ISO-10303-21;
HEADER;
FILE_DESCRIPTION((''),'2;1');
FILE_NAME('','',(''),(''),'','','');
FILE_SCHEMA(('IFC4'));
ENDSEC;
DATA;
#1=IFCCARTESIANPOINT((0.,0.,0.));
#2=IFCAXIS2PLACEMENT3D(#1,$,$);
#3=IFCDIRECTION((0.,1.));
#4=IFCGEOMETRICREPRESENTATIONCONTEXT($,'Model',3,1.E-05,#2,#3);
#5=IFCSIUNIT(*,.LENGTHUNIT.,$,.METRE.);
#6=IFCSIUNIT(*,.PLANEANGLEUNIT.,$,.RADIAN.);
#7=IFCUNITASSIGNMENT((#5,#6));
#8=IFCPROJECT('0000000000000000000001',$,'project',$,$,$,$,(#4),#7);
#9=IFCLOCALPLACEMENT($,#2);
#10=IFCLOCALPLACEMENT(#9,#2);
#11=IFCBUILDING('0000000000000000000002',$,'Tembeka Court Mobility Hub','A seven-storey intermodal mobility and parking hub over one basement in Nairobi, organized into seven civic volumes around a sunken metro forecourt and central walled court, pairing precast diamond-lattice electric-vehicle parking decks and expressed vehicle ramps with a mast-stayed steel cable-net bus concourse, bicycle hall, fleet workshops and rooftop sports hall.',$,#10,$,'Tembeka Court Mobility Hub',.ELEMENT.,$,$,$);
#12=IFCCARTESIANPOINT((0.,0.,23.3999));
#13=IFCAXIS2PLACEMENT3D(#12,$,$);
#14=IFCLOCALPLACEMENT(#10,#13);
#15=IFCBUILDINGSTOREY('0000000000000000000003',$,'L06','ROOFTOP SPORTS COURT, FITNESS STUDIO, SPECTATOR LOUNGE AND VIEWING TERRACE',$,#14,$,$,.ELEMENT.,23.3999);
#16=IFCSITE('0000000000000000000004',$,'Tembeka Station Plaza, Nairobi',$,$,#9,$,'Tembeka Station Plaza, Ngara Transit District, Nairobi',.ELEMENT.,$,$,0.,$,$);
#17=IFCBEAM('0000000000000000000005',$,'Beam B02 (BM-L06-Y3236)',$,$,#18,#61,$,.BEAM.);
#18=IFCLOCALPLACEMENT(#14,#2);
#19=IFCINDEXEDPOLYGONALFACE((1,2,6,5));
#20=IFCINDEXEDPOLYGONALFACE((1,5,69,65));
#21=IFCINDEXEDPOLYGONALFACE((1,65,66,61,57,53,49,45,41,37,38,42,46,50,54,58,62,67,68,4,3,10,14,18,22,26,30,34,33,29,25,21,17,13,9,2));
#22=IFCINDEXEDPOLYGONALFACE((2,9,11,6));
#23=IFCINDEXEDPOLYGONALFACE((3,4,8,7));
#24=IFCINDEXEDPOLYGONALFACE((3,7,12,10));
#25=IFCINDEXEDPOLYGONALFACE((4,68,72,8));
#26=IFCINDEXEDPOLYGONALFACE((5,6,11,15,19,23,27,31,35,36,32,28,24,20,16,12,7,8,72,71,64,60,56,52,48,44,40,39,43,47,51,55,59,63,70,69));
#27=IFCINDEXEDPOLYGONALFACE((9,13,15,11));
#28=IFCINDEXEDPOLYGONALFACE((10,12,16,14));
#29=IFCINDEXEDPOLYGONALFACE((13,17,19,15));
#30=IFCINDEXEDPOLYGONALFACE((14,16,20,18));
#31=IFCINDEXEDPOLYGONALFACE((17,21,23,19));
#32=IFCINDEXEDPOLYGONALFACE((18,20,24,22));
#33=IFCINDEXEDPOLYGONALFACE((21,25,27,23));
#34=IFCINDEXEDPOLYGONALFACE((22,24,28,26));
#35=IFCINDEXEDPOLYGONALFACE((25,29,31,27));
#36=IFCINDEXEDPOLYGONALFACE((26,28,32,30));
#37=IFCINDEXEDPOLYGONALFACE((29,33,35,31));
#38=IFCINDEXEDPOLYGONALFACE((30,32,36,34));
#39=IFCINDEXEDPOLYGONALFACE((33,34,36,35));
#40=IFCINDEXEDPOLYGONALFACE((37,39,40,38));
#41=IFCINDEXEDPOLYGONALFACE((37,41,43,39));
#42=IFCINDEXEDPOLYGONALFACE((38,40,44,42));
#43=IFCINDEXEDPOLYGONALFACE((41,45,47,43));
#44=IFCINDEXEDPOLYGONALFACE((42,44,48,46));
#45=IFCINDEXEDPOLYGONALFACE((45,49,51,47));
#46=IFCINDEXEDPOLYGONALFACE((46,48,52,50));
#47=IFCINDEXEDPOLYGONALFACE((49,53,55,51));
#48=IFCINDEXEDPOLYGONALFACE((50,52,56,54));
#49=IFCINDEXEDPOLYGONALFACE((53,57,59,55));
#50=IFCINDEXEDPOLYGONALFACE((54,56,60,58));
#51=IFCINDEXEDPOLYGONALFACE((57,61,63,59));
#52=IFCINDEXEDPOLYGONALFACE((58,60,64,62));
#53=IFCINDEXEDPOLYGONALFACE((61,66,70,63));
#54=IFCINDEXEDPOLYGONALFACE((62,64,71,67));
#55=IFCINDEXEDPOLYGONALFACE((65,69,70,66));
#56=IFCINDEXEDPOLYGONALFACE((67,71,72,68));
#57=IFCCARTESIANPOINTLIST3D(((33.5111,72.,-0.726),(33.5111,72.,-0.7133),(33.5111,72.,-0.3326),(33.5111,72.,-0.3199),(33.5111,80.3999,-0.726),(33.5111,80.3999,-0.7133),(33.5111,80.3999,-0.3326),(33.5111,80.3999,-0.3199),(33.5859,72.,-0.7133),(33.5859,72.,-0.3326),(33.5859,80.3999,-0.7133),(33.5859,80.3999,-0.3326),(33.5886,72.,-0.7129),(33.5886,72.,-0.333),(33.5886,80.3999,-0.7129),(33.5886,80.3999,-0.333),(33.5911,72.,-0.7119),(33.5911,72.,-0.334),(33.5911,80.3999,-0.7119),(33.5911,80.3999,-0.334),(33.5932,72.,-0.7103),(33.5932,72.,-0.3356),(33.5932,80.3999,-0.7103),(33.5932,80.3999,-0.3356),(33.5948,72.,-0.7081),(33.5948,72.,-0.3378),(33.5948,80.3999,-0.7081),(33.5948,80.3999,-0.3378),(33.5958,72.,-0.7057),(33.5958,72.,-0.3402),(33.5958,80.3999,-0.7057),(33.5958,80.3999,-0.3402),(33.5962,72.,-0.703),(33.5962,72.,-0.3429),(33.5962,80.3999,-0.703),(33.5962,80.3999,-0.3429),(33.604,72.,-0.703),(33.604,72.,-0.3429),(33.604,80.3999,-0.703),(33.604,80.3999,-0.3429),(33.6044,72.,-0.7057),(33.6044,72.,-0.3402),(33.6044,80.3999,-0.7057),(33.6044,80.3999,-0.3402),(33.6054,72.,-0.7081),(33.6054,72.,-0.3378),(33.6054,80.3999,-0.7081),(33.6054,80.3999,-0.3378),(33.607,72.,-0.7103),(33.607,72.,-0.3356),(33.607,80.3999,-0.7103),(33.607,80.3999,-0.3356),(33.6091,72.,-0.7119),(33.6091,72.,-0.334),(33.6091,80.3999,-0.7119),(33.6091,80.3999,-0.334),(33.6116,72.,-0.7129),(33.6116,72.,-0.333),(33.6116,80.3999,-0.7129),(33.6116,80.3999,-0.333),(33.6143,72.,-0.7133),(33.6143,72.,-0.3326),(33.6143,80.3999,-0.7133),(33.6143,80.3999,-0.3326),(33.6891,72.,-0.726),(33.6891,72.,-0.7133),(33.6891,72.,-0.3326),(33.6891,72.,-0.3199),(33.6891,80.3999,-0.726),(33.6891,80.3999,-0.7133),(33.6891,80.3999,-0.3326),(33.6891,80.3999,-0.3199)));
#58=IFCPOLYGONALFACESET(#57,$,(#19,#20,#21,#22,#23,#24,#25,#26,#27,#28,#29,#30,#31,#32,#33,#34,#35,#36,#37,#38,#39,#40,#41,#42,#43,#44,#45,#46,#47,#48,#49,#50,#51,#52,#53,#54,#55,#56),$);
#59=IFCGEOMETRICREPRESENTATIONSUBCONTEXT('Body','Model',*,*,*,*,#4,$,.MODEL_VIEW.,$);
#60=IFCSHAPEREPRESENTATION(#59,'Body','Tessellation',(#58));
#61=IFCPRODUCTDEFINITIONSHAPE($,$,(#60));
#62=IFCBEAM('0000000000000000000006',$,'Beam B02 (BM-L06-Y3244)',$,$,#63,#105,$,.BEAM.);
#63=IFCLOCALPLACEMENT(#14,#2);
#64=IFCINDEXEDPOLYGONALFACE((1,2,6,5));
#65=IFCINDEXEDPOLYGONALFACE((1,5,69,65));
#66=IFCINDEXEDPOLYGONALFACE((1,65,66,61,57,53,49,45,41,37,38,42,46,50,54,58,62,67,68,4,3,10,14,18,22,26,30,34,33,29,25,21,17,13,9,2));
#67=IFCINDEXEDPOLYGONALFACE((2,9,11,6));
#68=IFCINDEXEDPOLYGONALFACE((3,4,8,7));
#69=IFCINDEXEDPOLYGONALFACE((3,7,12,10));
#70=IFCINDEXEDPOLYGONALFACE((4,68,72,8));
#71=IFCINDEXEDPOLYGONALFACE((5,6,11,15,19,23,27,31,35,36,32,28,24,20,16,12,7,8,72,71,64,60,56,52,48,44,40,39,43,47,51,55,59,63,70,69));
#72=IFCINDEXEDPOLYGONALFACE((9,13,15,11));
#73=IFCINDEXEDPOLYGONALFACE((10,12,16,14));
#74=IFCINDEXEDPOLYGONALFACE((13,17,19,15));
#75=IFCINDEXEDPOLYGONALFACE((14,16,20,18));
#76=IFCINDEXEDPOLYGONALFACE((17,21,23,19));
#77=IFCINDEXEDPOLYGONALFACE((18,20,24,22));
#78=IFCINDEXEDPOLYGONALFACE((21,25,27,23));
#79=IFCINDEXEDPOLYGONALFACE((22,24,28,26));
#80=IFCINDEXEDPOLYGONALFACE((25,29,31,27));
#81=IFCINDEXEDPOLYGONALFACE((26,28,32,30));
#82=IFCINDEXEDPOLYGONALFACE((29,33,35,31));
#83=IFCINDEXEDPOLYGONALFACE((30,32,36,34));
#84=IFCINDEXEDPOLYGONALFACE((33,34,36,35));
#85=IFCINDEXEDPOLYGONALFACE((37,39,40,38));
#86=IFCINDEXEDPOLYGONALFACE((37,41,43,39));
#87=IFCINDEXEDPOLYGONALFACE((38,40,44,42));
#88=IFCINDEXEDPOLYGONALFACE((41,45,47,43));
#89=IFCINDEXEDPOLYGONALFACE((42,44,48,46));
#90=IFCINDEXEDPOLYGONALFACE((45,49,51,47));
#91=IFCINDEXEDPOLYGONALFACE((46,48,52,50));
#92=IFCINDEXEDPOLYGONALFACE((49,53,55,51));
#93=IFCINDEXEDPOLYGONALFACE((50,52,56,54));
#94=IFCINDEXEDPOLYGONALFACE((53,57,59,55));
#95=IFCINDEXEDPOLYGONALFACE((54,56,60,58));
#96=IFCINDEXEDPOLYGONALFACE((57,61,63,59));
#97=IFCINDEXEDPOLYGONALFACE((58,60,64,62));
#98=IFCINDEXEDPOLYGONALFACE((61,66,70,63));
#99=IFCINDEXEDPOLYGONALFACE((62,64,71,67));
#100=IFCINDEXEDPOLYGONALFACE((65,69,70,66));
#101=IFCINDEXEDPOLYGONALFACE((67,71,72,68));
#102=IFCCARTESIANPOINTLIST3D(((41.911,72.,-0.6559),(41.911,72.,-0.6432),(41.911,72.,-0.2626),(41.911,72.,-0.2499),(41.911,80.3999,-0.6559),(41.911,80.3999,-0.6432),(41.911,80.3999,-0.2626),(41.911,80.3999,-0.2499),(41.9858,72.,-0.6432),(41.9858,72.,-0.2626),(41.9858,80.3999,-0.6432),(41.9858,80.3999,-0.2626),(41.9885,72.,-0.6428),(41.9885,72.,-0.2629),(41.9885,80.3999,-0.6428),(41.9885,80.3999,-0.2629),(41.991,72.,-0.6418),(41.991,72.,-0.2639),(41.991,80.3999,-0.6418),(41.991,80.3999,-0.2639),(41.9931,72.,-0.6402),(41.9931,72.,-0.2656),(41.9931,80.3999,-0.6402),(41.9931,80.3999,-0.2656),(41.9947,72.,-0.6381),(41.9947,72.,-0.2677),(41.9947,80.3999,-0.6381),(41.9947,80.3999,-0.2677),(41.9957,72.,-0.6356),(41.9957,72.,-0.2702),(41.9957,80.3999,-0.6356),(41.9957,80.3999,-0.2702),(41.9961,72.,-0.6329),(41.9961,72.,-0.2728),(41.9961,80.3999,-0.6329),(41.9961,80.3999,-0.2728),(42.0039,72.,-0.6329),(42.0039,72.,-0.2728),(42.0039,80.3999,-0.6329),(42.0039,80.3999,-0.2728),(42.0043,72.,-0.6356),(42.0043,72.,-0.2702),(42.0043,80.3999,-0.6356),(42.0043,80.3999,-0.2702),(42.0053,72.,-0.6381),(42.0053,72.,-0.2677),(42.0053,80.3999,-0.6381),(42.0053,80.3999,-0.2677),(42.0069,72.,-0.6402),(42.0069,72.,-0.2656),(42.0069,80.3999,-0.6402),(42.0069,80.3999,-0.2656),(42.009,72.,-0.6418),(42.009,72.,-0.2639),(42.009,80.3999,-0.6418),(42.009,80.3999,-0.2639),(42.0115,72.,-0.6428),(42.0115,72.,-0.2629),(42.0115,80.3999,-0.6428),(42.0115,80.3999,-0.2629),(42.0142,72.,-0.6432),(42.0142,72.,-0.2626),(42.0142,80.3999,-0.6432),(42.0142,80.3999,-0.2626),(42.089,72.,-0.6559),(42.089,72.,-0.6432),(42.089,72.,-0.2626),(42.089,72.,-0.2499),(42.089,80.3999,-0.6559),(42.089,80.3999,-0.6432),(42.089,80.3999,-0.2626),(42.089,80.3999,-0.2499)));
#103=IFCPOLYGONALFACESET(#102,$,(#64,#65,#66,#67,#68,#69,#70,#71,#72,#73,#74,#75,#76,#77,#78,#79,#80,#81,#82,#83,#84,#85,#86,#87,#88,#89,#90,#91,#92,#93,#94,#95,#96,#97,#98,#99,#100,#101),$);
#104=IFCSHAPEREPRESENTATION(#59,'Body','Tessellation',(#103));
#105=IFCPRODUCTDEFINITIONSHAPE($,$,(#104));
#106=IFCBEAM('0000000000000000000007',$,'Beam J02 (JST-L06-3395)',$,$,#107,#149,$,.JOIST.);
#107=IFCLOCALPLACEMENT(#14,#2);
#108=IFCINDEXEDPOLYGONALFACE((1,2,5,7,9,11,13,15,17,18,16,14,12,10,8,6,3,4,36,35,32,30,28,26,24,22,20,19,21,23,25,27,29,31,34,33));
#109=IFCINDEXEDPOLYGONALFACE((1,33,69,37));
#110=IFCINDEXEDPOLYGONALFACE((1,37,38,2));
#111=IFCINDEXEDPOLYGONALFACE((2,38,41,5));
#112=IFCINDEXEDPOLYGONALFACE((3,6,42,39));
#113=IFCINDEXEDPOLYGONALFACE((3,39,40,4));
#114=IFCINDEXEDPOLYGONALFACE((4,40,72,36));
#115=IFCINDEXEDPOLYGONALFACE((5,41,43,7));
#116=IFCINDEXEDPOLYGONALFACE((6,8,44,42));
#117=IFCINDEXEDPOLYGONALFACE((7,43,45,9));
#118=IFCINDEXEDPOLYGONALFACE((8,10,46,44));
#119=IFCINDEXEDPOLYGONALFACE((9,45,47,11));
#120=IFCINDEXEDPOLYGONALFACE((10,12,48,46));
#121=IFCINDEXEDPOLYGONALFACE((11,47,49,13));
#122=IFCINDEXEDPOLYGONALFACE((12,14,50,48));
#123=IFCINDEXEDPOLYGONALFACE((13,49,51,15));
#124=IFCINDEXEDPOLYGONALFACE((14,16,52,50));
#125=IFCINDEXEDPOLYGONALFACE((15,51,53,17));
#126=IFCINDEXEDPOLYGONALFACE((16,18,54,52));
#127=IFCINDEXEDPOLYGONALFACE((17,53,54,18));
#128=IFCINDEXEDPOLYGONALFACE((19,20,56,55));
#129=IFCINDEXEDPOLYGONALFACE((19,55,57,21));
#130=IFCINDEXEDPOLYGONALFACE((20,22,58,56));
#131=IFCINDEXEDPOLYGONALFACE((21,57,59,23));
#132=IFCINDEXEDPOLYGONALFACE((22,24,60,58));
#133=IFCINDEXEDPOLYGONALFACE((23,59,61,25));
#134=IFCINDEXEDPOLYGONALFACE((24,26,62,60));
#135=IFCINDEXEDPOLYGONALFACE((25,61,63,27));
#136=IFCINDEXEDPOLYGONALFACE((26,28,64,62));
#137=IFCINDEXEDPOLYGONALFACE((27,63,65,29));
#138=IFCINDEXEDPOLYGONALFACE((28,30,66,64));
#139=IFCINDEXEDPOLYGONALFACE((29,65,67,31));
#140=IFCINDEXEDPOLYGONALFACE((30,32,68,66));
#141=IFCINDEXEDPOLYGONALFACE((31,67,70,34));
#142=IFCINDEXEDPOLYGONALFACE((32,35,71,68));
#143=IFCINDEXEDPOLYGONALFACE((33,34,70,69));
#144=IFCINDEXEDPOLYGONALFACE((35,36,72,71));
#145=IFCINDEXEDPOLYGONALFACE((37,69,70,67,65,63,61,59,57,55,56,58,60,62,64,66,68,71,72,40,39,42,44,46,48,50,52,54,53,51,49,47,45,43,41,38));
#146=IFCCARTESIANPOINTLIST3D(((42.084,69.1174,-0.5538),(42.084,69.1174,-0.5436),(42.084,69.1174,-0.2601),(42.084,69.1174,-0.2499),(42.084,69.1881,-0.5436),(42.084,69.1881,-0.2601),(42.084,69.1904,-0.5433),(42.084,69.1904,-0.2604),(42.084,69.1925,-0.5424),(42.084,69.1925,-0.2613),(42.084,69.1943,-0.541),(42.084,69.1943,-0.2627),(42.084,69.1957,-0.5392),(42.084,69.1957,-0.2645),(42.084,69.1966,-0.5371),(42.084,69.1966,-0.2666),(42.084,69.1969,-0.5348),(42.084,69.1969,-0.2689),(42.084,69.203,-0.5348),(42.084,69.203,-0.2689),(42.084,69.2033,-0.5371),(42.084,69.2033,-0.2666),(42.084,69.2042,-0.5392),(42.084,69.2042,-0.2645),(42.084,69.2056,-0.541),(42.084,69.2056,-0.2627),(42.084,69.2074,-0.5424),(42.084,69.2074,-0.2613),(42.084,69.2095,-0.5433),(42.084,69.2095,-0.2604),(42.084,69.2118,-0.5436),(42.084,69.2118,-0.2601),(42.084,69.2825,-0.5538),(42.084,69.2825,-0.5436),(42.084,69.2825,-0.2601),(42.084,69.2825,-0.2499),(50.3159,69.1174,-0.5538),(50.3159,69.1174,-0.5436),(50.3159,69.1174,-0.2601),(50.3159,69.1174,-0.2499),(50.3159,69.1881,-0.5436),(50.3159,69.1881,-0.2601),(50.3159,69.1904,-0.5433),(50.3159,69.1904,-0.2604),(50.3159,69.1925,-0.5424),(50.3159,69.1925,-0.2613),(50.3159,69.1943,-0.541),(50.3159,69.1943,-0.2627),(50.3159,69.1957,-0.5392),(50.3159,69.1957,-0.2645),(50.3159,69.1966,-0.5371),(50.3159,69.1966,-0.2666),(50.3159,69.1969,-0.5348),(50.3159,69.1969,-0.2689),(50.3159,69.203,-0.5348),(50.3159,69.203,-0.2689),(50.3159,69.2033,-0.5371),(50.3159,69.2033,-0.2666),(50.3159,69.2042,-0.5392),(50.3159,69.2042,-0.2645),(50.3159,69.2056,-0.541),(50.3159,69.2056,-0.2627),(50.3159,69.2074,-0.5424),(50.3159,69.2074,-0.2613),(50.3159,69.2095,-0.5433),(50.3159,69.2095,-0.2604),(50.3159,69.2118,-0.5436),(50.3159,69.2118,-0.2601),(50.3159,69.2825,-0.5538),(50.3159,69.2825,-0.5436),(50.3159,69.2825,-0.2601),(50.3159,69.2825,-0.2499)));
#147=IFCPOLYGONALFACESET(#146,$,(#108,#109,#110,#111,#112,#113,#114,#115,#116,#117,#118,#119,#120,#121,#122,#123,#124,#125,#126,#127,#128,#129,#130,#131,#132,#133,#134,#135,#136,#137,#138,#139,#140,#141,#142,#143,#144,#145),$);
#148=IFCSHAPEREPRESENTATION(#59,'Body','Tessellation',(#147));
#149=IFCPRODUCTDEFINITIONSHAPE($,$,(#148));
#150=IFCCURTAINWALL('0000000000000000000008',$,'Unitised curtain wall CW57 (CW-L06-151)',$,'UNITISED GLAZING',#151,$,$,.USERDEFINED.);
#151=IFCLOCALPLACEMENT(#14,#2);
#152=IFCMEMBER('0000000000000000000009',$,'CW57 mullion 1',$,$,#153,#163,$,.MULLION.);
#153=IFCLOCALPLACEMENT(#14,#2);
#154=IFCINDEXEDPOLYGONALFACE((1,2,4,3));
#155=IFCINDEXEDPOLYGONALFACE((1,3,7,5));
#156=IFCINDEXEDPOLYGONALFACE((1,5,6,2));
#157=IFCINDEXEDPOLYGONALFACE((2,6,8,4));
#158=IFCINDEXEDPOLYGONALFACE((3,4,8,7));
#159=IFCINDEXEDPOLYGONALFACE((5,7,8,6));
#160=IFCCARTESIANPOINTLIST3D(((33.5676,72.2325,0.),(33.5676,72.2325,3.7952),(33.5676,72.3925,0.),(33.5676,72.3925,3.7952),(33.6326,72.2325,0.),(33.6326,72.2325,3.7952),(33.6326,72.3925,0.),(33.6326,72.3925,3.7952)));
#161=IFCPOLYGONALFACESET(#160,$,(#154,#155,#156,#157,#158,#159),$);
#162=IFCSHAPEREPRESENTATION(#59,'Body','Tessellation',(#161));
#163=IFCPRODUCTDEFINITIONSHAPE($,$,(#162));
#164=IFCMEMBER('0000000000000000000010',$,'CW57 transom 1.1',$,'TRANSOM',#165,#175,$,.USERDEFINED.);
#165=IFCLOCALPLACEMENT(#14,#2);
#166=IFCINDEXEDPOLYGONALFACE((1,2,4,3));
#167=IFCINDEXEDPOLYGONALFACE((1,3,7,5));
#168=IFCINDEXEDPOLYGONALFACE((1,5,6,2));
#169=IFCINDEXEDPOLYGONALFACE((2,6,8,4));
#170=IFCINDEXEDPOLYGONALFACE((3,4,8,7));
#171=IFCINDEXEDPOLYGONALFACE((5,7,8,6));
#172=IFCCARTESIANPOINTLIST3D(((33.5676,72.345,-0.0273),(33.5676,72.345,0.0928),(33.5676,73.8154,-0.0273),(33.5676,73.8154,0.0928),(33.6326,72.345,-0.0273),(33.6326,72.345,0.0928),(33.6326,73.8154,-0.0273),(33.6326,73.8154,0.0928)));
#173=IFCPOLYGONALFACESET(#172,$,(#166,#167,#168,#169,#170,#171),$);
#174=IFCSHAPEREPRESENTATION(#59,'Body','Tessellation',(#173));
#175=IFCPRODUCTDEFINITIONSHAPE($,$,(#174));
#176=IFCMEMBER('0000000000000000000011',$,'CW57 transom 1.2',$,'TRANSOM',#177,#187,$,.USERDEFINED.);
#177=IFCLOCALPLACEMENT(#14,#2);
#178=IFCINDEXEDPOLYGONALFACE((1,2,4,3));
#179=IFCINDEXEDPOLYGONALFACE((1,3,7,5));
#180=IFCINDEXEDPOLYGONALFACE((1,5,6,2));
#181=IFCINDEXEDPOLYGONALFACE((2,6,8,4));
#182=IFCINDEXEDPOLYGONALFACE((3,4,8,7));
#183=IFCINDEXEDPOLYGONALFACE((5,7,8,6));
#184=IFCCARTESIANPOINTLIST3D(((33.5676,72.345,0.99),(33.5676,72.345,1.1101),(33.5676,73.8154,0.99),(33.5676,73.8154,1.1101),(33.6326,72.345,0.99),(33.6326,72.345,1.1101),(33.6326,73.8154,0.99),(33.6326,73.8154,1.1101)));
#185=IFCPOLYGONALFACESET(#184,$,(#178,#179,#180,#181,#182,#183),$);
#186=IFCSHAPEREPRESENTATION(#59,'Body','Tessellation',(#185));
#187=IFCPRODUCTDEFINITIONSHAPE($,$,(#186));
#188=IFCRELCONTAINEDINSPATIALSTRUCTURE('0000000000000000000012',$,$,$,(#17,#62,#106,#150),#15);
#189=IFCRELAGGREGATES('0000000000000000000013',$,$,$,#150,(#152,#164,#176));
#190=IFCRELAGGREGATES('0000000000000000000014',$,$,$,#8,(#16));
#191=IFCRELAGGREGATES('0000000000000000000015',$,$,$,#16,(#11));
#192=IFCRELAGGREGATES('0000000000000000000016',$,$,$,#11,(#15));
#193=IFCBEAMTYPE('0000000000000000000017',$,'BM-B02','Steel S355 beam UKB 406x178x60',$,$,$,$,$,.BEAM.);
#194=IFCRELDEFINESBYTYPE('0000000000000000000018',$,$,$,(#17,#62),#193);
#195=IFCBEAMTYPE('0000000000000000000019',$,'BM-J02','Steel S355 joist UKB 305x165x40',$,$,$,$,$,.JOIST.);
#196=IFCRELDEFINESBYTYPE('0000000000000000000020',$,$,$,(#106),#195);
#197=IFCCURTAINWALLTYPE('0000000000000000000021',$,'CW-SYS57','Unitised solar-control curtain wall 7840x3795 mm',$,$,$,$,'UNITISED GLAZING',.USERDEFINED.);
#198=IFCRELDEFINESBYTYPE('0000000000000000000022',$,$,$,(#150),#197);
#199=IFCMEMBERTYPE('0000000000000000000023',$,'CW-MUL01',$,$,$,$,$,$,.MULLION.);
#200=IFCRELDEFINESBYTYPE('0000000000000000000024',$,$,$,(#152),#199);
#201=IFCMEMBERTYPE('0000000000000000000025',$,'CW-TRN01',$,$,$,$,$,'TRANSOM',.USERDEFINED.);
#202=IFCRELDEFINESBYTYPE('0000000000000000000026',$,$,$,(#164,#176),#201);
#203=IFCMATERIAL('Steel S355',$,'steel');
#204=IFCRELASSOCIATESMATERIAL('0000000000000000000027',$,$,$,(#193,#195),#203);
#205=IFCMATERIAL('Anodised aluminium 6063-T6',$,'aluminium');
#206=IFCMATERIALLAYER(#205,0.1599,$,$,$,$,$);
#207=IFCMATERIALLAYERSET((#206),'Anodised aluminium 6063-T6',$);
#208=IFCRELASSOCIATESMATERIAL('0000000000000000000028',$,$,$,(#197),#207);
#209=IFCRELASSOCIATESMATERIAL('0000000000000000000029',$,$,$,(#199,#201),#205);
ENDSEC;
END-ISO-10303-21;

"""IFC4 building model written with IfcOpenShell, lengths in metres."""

from ifc_helpers import new_model, si_unit, direction, frame, origin, origin_2d, place, context, subcontext, project, spatial, rectangle, i_section, extrude, material, layer, layer_set, material_profile, profile_set, type_object, element, aggregate, save


model = new_model("IFC4")

# Units and contexts
model_context = context("Model", 3, precision=1e-05, world=origin(), true_north=direction((0.0, 1.0)))
body_context = subcontext(model_context, "Body", "Model", "MODEL_VIEW")
ifc_project = project(units=[si_unit("LENGTHUNIT", "METRE"), si_unit("PLANEANGLEUNIT", "RADIAN")], contexts=[model_context])

# Site, building, storey
site_placement = place(None, origin())
site = spatial("IfcSite", under=ifc_project, at=site_placement, Name="Tembeka Station Plaza, Nairobi", LongName="Tembeka Station Plaza, Ngara Transit District, Nairobi", CompositionType="ELEMENT", RefElevation=0.0)
building_placement = place(site_placement, origin())
building = spatial("IfcBuilding", under=site, at=building_placement, Name="Tembeka Court Mobility Hub", Description="A seven-storey intermodal mobility and parking hub over one basement in Nairobi, organized into seven civic volumes around a sunken metro forecourt and central walled court, pairing precast diamond-lattice electric-vehicle parking decks and expressed vehicle ramps with a mast-stayed steel cable-net bus concourse, bicycle hall, fleet workshops and rooftop sports hall.", LongName="Tembeka Court Mobility Hub", CompositionType="ELEMENT")
storey_placement = place(building_placement, frame((0.0, 0.0, 23.3999)))
storey = spatial("IfcBuildingStorey", under=building, at=storey_placement, Name="L06", Description="ROOFTOP SPORTS COURT, FITNESS STUDIO, SPECTATOR LOUNGE AND VIEWING TERRACE", CompositionType="ELEMENT", Elevation=23.3999)

# Shared definitions
ifc_material_1 = material(Name="Steel S355", Category="steel")

# Beams
ifc_material_profile_1 = material_profile(ifc_material_1, i_section(OverallWidth=0.178, OverallDepth=0.406, WebThickness=0.0078, FlangeThickness=0.0127, FilletRadius=0.0103, at=origin_2d()), Name="UKB 406x178x60")
ifc_profile_set_1 = profile_set([ifc_material_profile_1], Name="Steel S355")
beam_type_1 = type_object("IfcBeamType", Name="BM-B02", Description="Steel S355 beam UKB 406x178x60", PredefinedType="BEAM", material=ifc_profile_set_1)
for number, where, z_axis, x_axis, name in (
    (1, (33.6001, 72.0, -0.5229), (0.0, 1.0, 0.0), (-1.0, 0.0, 0.0), "Beam B02 (BM-L06-Y3236)"),
    (2, (42.0, 72.0, -0.4529), (0.0, 1.0, 0.0), (-1.0, 0.0, 0.0), "Beam B02 (BM-L06-Y3244)"),
):
    element("IfcBeam", number, at=place(storey_placement, frame(where, z_axis=z_axis, x_axis=x_axis)), inside=storey, type_object=beam_type_1, Name=name, PredefinedType="BEAM", context=body_context, shape_type="SweptSolid", body=[
        extrude(i_section(OverallWidth=0.178, OverallDepth=0.406, WebThickness=0.0078, FlangeThickness=0.0127, FilletRadius=0.0103, at=origin_2d()), origin(), (0.0, 0.0, 1.0), 8.3999),
    ])
ifc_material_profile_2 = material_profile(ifc_material_1, i_section(OverallWidth=0.165, OverallDepth=0.304, WebThickness=0.0061, FlangeThickness=0.0103, FilletRadius=0.0088, at=origin_2d()), Name="UKB 305x165x40")
ifc_profile_set_2 = profile_set([ifc_material_profile_2], Name="Steel S355")
beam_type_2 = type_object("IfcBeamType", Name="BM-J02", Description="Steel S355 joist UKB 305x165x40", PredefinedType="JOIST", material=ifc_profile_set_2)
beam_placement = place(storey_placement, frame((42.084, 69.2, -0.4019), z_axis=(1.0, 0.0, 0.0), x_axis=(0.0, 1.0, 0.0)))
element("IfcBeam", 3, at=beam_placement, inside=storey, type_object=beam_type_2, Name="Beam J02 (JST-L06-3395)", PredefinedType="JOIST", context=body_context, shape_type="SweptSolid", body=[
    extrude(i_section(OverallWidth=0.165, OverallDepth=0.304, WebThickness=0.0061, FlangeThickness=0.0103, FilletRadius=0.0088, at=origin_2d()), origin(), (0.0, 0.0, 1.0), 8.2319),
])

# Curtain wall, members
ifc_material_2 = material(Name="Anodised aluminium 6063-T6", Category="aluminium")
ifc_layer_1 = layer(ifc_material_2, 0.1599)
ifc_layer_set_1 = layer_set([ifc_layer_1], Name="Anodised aluminium 6063-T6")
curtain_wall_type = type_object("IfcCurtainWallType", Name="CW-SYS57", Description="Unitised solar-control curtain wall 7840x3795 mm", ElementType="UNITISED GLAZING", PredefinedType="USERDEFINED", material=ifc_layer_set_1)
curtain_wall_placement = place(storey_placement, origin())
curtain_wall = element("IfcCurtainWall", 4, at=curtain_wall_placement, inside=storey, type_object=curtain_wall_type, Name="Unitised curtain wall CW57 (CW-L06-151)", ObjectType="UNITISED GLAZING", PredefinedType="USERDEFINED")
ifc_material_profile_3 = material_profile(ifc_material_2, rectangle(XDim=0.0649, YDim=0.1599, at=origin_2d()), Name="ALU-MUL 65x160")
ifc_profile_set_3 = profile_set([ifc_material_profile_3], Name="Anodised aluminium 6063-T6")
member_type_1 = type_object("IfcMemberType", Name="CW-MUL01", PredefinedType="MULLION", material=ifc_profile_set_3)
member_1_placement = place(storey_placement, frame((33.6001, 72.3125, 0.0), z_axis=(0.0, 0.0, 1.0), x_axis=(-1.0, 0.0, 0.0)))
member_1 = element("IfcMember", 5, at=member_1_placement, type_object=member_type_1, Name="CW57 mullion 1", PredefinedType="MULLION", context=body_context, shape_type="SweptSolid", body=[
    extrude(rectangle(XDim=0.0649, YDim=0.1599, at=origin_2d()), origin(), (0.0, 0.0, 1.0), 3.7952),
])
ifc_material_profile_4 = material_profile(ifc_material_2, rectangle(XDim=0.0649, YDim=0.1201, at=origin_2d()), Name="ALU-TRN 65x120")
ifc_profile_set_4 = profile_set([ifc_material_profile_4], Name="Anodised aluminium 6063-T6")
member_type_2 = type_object("IfcMemberType", Name="CW-TRN01", ElementType="TRANSOM", PredefinedType="USERDEFINED", material=ifc_profile_set_4)
member_2_placement = place(storey_placement, frame((33.6001, 72.345, 0.0327), z_axis=(0.0, 1.0, 0.0), x_axis=(-1.0, 0.0, 0.0)))
member_2 = element("IfcMember", 6, at=member_2_placement, type_object=member_type_2, Name="CW57 transom 1.1", ObjectType="TRANSOM", PredefinedType="USERDEFINED", context=body_context, shape_type="SweptSolid", body=[
    extrude(rectangle(XDim=0.0649, YDim=0.1201, at=origin_2d()), origin(), (0.0, 0.0, 1.0), 1.4705),
])
member_3_placement = place(storey_placement, frame((33.6001, 72.345, 1.05), z_axis=(0.0, 1.0, 0.0), x_axis=(-1.0, 0.0, 0.0)))
member_3 = element("IfcMember", 7, at=member_3_placement, type_object=member_type_2, Name="CW57 transom 1.2", ObjectType="TRANSOM", PredefinedType="USERDEFINED", context=body_context, shape_type="SweptSolid", body=[
    extrude(rectangle(XDim=0.0649, YDim=0.1201, at=origin_2d()), origin(), (0.0, 0.0, 1.0), 1.4705),
])

aggregate(curtain_wall, [member_1, member_2, member_3])

save(model, "model.ifc")
